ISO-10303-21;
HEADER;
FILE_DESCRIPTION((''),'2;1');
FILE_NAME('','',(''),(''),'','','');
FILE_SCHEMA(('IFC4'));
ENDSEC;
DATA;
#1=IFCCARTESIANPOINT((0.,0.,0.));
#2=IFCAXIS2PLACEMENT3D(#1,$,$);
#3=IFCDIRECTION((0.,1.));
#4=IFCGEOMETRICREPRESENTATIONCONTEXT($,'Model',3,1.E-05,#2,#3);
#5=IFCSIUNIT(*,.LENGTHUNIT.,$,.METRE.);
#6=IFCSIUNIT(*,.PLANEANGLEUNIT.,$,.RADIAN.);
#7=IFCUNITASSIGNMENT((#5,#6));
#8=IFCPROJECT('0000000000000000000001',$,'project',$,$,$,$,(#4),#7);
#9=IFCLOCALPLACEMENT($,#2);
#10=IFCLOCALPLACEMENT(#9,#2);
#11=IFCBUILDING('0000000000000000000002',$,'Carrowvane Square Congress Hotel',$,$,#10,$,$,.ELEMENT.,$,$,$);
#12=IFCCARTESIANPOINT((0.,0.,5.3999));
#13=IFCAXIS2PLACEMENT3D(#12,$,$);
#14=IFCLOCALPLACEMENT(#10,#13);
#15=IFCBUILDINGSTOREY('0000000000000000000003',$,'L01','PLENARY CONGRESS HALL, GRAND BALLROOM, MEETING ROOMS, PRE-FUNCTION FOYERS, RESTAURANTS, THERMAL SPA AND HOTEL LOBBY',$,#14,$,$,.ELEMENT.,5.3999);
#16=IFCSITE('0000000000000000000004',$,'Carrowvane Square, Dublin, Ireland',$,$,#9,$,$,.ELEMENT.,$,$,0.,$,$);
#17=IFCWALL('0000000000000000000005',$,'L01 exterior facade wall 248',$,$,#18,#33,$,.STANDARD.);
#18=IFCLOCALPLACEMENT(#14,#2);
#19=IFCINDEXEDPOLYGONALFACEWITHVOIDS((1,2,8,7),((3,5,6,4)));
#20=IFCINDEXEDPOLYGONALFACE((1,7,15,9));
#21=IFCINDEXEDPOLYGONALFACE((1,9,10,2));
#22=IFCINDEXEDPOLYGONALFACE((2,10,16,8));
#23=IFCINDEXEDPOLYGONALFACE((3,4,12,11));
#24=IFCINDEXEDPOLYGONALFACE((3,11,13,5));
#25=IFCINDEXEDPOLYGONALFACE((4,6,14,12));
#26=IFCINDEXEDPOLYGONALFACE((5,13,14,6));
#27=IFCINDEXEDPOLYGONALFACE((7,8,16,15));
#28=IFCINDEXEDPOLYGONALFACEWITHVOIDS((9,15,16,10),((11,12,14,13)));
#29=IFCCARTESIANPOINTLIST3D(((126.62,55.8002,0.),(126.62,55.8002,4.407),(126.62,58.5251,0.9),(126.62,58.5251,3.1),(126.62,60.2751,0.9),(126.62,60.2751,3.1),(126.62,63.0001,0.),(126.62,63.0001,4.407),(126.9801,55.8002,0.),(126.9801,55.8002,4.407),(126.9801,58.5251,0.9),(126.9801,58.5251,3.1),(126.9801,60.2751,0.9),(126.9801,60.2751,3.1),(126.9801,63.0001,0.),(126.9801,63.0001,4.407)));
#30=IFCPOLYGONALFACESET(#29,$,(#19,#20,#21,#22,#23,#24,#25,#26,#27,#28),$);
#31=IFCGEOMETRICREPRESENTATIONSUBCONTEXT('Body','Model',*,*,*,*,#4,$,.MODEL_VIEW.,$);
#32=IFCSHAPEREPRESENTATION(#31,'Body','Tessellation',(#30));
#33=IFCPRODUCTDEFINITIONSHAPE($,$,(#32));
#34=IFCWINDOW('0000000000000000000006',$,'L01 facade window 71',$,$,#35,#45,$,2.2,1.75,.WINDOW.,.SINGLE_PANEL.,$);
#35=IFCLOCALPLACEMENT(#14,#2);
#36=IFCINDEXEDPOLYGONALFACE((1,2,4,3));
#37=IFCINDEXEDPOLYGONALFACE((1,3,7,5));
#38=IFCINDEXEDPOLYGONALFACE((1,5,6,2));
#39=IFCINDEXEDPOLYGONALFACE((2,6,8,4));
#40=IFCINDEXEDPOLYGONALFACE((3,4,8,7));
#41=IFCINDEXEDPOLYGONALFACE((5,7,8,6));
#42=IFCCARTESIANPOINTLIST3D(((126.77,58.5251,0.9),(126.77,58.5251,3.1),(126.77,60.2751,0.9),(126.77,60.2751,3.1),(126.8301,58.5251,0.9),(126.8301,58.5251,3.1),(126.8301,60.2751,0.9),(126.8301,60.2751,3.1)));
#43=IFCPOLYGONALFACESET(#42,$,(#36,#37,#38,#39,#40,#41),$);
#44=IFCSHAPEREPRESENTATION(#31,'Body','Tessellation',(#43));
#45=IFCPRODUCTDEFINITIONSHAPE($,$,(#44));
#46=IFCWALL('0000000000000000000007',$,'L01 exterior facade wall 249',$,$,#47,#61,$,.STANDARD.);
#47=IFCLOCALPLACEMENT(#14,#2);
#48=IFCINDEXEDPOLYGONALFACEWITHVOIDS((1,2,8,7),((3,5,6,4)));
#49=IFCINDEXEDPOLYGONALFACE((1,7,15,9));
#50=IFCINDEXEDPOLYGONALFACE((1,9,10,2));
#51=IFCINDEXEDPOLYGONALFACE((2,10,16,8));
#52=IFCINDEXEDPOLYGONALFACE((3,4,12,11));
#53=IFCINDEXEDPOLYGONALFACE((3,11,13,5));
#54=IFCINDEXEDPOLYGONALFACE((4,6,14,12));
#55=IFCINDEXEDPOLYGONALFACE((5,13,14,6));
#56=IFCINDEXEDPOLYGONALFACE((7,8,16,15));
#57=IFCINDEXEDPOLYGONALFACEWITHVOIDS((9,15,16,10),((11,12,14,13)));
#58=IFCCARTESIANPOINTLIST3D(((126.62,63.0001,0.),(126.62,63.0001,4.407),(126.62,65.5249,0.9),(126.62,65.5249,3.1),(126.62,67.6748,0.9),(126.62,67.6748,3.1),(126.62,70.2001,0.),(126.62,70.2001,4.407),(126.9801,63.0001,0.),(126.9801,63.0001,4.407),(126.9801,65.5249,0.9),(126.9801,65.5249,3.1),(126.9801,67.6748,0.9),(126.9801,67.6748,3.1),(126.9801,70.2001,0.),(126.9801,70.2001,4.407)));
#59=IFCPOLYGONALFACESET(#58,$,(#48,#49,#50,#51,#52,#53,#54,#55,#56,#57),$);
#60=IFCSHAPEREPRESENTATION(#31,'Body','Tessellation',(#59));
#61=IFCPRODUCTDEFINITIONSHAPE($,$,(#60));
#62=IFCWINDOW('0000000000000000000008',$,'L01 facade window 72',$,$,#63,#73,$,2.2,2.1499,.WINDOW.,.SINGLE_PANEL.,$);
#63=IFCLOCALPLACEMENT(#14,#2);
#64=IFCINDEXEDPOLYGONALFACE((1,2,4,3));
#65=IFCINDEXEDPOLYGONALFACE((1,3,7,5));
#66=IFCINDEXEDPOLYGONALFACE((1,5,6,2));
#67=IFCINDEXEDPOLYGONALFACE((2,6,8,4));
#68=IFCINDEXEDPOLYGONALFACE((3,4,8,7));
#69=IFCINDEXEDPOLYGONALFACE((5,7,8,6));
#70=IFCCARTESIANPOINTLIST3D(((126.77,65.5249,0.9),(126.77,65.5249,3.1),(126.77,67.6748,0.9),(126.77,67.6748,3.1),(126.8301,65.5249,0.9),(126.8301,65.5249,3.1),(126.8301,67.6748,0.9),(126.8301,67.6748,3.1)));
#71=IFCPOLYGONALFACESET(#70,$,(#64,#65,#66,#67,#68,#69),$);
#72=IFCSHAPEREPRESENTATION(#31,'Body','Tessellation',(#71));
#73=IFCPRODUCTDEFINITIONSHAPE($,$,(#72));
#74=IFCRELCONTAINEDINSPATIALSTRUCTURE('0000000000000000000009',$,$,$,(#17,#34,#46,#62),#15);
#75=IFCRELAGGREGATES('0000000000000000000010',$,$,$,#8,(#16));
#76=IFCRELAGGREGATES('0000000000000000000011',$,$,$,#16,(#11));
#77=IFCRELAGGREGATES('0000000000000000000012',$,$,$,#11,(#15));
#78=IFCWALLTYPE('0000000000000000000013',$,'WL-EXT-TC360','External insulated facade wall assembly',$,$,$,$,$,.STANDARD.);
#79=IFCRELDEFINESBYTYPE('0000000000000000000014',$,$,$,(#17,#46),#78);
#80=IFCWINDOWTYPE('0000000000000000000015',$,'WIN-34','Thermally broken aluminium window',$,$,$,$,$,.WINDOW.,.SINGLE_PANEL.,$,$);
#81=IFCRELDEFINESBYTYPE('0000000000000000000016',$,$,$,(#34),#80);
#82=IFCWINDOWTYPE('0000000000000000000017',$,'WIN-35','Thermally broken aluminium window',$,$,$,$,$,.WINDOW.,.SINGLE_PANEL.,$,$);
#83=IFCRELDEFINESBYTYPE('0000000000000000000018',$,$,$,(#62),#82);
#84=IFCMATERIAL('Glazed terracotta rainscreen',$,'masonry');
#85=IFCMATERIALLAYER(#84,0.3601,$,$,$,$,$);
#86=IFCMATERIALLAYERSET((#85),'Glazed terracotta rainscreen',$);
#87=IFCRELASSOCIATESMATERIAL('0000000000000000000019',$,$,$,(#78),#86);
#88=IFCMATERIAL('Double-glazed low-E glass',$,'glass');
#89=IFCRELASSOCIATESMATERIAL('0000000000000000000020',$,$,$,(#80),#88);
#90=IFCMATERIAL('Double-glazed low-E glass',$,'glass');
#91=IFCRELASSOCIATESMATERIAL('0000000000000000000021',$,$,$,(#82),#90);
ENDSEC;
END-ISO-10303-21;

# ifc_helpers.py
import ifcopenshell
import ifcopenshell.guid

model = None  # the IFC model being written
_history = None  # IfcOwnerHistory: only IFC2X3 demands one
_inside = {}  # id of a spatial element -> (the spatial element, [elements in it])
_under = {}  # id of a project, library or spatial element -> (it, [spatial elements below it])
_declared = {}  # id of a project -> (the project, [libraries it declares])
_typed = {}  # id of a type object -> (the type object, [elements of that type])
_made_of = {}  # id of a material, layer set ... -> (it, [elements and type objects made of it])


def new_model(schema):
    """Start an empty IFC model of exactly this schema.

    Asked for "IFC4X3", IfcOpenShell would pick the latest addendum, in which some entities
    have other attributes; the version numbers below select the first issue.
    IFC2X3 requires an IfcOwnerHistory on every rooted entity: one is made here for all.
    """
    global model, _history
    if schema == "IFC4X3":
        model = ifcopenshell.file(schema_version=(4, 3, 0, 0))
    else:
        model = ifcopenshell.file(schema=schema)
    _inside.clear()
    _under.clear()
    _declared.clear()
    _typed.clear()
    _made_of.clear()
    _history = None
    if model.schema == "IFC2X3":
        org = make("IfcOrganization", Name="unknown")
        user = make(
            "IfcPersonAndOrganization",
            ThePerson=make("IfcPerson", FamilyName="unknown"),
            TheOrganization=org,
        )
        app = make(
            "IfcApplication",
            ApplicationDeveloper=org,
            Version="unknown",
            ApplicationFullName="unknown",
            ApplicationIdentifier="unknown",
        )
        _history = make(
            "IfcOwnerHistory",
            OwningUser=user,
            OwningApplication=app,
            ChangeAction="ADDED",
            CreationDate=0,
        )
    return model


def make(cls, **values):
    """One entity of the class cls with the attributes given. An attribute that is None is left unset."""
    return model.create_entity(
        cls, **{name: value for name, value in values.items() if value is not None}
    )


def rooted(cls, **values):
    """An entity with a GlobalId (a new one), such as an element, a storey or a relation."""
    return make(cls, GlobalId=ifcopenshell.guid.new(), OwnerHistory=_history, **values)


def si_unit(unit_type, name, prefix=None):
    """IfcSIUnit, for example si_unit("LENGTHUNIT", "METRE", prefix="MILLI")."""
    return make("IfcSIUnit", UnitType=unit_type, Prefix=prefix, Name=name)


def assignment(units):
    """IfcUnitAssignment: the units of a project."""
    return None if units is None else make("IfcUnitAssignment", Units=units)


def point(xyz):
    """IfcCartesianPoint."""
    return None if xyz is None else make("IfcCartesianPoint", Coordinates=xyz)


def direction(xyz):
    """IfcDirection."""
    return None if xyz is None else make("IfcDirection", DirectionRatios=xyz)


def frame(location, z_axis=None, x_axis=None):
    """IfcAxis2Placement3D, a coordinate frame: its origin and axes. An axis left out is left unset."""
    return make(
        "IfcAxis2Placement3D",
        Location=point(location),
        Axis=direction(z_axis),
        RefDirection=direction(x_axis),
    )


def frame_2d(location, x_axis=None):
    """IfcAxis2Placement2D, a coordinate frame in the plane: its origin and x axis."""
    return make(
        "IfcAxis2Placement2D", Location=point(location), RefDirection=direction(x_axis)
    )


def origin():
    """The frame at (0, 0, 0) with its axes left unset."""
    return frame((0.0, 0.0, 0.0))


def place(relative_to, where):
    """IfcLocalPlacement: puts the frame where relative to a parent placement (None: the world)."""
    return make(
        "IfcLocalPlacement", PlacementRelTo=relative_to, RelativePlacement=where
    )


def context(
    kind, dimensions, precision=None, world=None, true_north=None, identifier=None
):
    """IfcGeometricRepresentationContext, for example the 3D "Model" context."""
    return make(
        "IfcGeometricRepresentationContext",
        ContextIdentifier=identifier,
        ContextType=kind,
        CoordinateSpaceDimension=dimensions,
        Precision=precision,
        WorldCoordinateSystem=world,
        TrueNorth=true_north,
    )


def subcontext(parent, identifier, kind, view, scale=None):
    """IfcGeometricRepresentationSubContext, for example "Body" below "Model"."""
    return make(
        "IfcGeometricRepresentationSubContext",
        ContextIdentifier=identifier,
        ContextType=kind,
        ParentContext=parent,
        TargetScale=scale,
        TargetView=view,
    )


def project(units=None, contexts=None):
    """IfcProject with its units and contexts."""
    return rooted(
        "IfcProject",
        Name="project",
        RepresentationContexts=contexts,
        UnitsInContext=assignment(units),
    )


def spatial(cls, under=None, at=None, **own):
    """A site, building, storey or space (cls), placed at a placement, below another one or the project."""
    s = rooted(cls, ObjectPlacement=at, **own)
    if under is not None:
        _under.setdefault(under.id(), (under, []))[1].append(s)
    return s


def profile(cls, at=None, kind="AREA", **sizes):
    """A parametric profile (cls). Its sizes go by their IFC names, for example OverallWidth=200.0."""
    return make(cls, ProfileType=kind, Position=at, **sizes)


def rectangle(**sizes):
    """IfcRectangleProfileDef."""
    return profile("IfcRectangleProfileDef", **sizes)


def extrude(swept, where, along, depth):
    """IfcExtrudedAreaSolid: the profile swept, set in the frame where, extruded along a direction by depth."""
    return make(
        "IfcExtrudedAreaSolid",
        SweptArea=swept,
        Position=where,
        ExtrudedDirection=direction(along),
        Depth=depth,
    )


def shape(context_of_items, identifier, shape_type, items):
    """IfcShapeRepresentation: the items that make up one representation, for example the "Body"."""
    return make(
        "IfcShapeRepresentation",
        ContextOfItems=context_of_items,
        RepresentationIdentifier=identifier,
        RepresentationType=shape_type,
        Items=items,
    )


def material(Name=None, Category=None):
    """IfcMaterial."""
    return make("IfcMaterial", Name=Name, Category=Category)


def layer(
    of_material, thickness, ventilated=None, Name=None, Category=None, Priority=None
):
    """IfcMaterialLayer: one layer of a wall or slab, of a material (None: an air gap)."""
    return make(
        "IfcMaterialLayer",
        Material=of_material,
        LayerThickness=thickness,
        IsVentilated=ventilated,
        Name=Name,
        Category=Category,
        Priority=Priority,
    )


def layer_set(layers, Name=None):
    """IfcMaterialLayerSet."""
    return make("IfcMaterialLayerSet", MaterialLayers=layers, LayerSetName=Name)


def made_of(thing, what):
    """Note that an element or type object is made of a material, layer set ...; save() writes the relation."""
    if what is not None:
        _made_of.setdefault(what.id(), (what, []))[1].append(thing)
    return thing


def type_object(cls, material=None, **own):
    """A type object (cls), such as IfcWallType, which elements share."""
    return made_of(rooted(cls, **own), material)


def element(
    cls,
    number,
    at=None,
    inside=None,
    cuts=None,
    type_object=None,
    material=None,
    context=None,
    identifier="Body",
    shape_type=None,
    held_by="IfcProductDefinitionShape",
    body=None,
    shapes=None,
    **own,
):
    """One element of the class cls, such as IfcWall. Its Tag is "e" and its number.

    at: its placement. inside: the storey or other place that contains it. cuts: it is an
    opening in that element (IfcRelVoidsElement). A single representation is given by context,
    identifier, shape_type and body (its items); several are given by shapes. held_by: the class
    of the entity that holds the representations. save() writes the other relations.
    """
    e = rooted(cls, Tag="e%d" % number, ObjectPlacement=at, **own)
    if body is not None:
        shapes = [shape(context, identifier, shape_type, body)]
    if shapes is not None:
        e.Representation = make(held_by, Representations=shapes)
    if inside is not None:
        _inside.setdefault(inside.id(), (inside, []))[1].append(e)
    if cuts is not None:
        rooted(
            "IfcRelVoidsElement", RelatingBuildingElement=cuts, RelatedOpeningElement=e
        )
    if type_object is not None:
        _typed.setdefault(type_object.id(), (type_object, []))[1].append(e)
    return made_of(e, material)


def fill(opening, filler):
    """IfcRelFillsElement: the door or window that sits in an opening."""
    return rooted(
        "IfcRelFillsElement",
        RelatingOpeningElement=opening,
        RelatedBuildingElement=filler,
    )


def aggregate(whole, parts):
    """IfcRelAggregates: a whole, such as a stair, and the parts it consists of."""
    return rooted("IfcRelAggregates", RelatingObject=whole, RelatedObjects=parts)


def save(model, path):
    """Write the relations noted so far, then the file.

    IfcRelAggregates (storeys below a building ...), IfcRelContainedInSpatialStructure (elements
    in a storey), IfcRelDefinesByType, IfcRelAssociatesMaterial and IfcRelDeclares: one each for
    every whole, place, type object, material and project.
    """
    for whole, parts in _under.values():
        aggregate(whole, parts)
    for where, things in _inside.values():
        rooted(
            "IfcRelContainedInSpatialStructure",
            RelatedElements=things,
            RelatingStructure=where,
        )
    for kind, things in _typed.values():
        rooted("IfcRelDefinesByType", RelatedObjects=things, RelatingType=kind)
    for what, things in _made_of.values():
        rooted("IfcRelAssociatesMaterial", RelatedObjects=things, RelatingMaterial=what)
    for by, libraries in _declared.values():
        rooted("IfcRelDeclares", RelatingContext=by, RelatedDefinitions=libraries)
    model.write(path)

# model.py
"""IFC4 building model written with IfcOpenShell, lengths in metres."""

from ifc_helpers import new_model, si_unit, direction, frame, frame_2d, origin, place, context, subcontext, project, spatial, rectangle, extrude, material, layer, layer_set, type_object, element, fill, save


model = new_model("IFC4")

# Units and contexts
model_context = context("Model", 3, precision=1e-05, world=origin(), true_north=direction((0.0, 1.0)))
body_context = subcontext(model_context, "Body", "Model", "MODEL_VIEW")
ifc_project = project(units=[si_unit("LENGTHUNIT", "METRE"), si_unit("PLANEANGLEUNIT", "RADIAN")], contexts=[model_context])

# Site, building, storey
site_placement = place(None, origin())
site = spatial("IfcSite", under=ifc_project, at=site_placement, Name="Carrowvane Square, Dublin, Ireland", CompositionType="ELEMENT", RefElevation=0.0)
building_placement = place(site_placement, origin())
building = spatial("IfcBuilding", under=site, at=building_placement, Name="Carrowvane Square Congress Hotel", CompositionType="ELEMENT")
storey_placement = place(building_placement, frame((0.0, 0.0, 5.3999)))
storey = spatial("IfcBuildingStorey", under=building, at=storey_placement, Name="L01", Description="PLENARY CONGRESS HALL, GRAND BALLROOM, MEETING ROOMS, PRE-FUNCTION FOYERS, RESTAURANTS, THERMAL SPA AND HOTEL LOBBY", CompositionType="ELEMENT", Elevation=5.3999)

# Walls, openings, windows
ifc_material_1 = material(Name="Glazed terracotta rainscreen", Category="masonry")
ifc_layer_1 = layer(ifc_material_1, 0.3601)
ifc_layer_set_1 = layer_set([ifc_layer_1], Name="Glazed terracotta rainscreen")
wall_type = type_object("IfcWallType", Name="WL-EXT-TC360", Description="External insulated facade wall assembly", PredefinedType="STANDARD", material=ifc_layer_set_1)
wall_1_placement = place(storey_placement, frame((126.8, 55.8, 0.0), z_axis=(0.0, 0.0, 1.0), x_axis=(0.0, 1.0, 0.0)))
wall_1 = element("IfcWall", 1, at=wall_1_placement, inside=storey, type_object=wall_type, Name="L01 exterior facade wall 248", PredefinedType="STANDARD", context=body_context, shape_type="SweptSolid", body=[
    extrude(rectangle(XDim=7.2, YDim=0.3601, at=frame_2d((3.6001, 0.0))), origin(), (0.0, 0.0, 1.0), 4.407),
])
opening_1_placement = place(wall_1_placement, frame((2.7251, 0.0, 0.8999)))
opening_1 = element("IfcOpeningElement", 2, at=opening_1_placement, cuts=wall_1, PredefinedType="OPENING", context=body_context, shape_type="SweptSolid", body=[
    extrude(rectangle(XDim=1.75, YDim=2.2, at=frame_2d((0.875, 1.1001))), frame((0.0, 0.1899, 0.0), z_axis=(0.0, -1.0, 0.0), x_axis=(1.0, 0.0, 0.0)), (0.0, 0.0, 1.0), 0.3801),
])
ifc_material_2 = material(Name="Double-glazed low-E glass", Category="glass")
window_type_1 = type_object("IfcWindowType", Name="WIN-34", Description="Thermally broken aluminium window", PartitioningType="SINGLE_PANEL", PredefinedType="WINDOW", material=ifc_material_2)
window_1_placement = place(opening_1_placement, origin())
window_1 = element("IfcWindow", 3, at=window_1_placement, inside=storey, type_object=window_type_1, Name="L01 facade window 71", OverallHeight=2.2, OverallWidth=1.75, PartitioningType="SINGLE_PANEL", PredefinedType="WINDOW", context=body_context, shape_type="SweptSolid", body=[
    extrude(rectangle(XDim=1.75, YDim=2.2, at=frame_2d((0.875, 1.1001))), frame((0.0, 0.03, 0.0), z_axis=(0.0, -1.0, 0.0), x_axis=(1.0, 0.0, 0.0)), (0.0, 0.0, 1.0), 0.0601),
])
fill(opening_1, window_1)
wall_2_placement = place(storey_placement, frame((126.8, 63.0, 0.0), z_axis=(0.0, 0.0, 1.0), x_axis=(0.0, 1.0, 0.0)))
wall_2 = element("IfcWall", 4, at=wall_2_placement, inside=storey, type_object=wall_type, Name="L01 exterior facade wall 249", PredefinedType="STANDARD", context=body_context, shape_type="SweptSolid", body=[
    extrude(rectangle(XDim=7.2, YDim=0.3601, at=frame_2d((3.6001, 0.0))), origin(), (0.0, 0.0, 1.0), 4.407),
])
opening_2_placement = place(wall_2_placement, frame((2.5249, 0.0, 0.8999)))
opening_2 = element("IfcOpeningElement", 5, at=opening_2_placement, cuts=wall_2, PredefinedType="OPENING", context=body_context, shape_type="SweptSolid", body=[
    extrude(rectangle(XDim=2.1499, YDim=2.2, at=frame_2d((1.075, 1.1001))), frame((0.0, 0.1899, 0.0), z_axis=(0.0, -1.0, 0.0), x_axis=(1.0, 0.0, 0.0)), (0.0, 0.0, 1.0), 0.3801),
])
ifc_material_3 = material(Name="Double-glazed low-E glass", Category="glass")
window_type_2 = type_object("IfcWindowType", Name="WIN-35", Description="Thermally broken aluminium window", PartitioningType="SINGLE_PANEL", PredefinedType="WINDOW", material=ifc_material_3)
window_2_placement = place(opening_2_placement, origin())
window_2 = element("IfcWindow", 6, at=window_2_placement, inside=storey, type_object=window_type_2, Name="L01 facade window 72", OverallHeight=2.2, OverallWidth=2.1499, PartitioningType="SINGLE_PANEL", PredefinedType="WINDOW", context=body_context, shape_type="SweptSolid", body=[
    extrude(rectangle(XDim=2.1499, YDim=2.2, at=frame_2d((1.075, 1.1001))), frame((0.0, 0.03, 0.0), z_axis=(0.0, -1.0, 0.0), x_axis=(1.0, 0.0, 0.0)), (0.0, 0.0, 1.0), 0.0601),
])
fill(opening_2, window_2)

save(model, "model.ifc")
